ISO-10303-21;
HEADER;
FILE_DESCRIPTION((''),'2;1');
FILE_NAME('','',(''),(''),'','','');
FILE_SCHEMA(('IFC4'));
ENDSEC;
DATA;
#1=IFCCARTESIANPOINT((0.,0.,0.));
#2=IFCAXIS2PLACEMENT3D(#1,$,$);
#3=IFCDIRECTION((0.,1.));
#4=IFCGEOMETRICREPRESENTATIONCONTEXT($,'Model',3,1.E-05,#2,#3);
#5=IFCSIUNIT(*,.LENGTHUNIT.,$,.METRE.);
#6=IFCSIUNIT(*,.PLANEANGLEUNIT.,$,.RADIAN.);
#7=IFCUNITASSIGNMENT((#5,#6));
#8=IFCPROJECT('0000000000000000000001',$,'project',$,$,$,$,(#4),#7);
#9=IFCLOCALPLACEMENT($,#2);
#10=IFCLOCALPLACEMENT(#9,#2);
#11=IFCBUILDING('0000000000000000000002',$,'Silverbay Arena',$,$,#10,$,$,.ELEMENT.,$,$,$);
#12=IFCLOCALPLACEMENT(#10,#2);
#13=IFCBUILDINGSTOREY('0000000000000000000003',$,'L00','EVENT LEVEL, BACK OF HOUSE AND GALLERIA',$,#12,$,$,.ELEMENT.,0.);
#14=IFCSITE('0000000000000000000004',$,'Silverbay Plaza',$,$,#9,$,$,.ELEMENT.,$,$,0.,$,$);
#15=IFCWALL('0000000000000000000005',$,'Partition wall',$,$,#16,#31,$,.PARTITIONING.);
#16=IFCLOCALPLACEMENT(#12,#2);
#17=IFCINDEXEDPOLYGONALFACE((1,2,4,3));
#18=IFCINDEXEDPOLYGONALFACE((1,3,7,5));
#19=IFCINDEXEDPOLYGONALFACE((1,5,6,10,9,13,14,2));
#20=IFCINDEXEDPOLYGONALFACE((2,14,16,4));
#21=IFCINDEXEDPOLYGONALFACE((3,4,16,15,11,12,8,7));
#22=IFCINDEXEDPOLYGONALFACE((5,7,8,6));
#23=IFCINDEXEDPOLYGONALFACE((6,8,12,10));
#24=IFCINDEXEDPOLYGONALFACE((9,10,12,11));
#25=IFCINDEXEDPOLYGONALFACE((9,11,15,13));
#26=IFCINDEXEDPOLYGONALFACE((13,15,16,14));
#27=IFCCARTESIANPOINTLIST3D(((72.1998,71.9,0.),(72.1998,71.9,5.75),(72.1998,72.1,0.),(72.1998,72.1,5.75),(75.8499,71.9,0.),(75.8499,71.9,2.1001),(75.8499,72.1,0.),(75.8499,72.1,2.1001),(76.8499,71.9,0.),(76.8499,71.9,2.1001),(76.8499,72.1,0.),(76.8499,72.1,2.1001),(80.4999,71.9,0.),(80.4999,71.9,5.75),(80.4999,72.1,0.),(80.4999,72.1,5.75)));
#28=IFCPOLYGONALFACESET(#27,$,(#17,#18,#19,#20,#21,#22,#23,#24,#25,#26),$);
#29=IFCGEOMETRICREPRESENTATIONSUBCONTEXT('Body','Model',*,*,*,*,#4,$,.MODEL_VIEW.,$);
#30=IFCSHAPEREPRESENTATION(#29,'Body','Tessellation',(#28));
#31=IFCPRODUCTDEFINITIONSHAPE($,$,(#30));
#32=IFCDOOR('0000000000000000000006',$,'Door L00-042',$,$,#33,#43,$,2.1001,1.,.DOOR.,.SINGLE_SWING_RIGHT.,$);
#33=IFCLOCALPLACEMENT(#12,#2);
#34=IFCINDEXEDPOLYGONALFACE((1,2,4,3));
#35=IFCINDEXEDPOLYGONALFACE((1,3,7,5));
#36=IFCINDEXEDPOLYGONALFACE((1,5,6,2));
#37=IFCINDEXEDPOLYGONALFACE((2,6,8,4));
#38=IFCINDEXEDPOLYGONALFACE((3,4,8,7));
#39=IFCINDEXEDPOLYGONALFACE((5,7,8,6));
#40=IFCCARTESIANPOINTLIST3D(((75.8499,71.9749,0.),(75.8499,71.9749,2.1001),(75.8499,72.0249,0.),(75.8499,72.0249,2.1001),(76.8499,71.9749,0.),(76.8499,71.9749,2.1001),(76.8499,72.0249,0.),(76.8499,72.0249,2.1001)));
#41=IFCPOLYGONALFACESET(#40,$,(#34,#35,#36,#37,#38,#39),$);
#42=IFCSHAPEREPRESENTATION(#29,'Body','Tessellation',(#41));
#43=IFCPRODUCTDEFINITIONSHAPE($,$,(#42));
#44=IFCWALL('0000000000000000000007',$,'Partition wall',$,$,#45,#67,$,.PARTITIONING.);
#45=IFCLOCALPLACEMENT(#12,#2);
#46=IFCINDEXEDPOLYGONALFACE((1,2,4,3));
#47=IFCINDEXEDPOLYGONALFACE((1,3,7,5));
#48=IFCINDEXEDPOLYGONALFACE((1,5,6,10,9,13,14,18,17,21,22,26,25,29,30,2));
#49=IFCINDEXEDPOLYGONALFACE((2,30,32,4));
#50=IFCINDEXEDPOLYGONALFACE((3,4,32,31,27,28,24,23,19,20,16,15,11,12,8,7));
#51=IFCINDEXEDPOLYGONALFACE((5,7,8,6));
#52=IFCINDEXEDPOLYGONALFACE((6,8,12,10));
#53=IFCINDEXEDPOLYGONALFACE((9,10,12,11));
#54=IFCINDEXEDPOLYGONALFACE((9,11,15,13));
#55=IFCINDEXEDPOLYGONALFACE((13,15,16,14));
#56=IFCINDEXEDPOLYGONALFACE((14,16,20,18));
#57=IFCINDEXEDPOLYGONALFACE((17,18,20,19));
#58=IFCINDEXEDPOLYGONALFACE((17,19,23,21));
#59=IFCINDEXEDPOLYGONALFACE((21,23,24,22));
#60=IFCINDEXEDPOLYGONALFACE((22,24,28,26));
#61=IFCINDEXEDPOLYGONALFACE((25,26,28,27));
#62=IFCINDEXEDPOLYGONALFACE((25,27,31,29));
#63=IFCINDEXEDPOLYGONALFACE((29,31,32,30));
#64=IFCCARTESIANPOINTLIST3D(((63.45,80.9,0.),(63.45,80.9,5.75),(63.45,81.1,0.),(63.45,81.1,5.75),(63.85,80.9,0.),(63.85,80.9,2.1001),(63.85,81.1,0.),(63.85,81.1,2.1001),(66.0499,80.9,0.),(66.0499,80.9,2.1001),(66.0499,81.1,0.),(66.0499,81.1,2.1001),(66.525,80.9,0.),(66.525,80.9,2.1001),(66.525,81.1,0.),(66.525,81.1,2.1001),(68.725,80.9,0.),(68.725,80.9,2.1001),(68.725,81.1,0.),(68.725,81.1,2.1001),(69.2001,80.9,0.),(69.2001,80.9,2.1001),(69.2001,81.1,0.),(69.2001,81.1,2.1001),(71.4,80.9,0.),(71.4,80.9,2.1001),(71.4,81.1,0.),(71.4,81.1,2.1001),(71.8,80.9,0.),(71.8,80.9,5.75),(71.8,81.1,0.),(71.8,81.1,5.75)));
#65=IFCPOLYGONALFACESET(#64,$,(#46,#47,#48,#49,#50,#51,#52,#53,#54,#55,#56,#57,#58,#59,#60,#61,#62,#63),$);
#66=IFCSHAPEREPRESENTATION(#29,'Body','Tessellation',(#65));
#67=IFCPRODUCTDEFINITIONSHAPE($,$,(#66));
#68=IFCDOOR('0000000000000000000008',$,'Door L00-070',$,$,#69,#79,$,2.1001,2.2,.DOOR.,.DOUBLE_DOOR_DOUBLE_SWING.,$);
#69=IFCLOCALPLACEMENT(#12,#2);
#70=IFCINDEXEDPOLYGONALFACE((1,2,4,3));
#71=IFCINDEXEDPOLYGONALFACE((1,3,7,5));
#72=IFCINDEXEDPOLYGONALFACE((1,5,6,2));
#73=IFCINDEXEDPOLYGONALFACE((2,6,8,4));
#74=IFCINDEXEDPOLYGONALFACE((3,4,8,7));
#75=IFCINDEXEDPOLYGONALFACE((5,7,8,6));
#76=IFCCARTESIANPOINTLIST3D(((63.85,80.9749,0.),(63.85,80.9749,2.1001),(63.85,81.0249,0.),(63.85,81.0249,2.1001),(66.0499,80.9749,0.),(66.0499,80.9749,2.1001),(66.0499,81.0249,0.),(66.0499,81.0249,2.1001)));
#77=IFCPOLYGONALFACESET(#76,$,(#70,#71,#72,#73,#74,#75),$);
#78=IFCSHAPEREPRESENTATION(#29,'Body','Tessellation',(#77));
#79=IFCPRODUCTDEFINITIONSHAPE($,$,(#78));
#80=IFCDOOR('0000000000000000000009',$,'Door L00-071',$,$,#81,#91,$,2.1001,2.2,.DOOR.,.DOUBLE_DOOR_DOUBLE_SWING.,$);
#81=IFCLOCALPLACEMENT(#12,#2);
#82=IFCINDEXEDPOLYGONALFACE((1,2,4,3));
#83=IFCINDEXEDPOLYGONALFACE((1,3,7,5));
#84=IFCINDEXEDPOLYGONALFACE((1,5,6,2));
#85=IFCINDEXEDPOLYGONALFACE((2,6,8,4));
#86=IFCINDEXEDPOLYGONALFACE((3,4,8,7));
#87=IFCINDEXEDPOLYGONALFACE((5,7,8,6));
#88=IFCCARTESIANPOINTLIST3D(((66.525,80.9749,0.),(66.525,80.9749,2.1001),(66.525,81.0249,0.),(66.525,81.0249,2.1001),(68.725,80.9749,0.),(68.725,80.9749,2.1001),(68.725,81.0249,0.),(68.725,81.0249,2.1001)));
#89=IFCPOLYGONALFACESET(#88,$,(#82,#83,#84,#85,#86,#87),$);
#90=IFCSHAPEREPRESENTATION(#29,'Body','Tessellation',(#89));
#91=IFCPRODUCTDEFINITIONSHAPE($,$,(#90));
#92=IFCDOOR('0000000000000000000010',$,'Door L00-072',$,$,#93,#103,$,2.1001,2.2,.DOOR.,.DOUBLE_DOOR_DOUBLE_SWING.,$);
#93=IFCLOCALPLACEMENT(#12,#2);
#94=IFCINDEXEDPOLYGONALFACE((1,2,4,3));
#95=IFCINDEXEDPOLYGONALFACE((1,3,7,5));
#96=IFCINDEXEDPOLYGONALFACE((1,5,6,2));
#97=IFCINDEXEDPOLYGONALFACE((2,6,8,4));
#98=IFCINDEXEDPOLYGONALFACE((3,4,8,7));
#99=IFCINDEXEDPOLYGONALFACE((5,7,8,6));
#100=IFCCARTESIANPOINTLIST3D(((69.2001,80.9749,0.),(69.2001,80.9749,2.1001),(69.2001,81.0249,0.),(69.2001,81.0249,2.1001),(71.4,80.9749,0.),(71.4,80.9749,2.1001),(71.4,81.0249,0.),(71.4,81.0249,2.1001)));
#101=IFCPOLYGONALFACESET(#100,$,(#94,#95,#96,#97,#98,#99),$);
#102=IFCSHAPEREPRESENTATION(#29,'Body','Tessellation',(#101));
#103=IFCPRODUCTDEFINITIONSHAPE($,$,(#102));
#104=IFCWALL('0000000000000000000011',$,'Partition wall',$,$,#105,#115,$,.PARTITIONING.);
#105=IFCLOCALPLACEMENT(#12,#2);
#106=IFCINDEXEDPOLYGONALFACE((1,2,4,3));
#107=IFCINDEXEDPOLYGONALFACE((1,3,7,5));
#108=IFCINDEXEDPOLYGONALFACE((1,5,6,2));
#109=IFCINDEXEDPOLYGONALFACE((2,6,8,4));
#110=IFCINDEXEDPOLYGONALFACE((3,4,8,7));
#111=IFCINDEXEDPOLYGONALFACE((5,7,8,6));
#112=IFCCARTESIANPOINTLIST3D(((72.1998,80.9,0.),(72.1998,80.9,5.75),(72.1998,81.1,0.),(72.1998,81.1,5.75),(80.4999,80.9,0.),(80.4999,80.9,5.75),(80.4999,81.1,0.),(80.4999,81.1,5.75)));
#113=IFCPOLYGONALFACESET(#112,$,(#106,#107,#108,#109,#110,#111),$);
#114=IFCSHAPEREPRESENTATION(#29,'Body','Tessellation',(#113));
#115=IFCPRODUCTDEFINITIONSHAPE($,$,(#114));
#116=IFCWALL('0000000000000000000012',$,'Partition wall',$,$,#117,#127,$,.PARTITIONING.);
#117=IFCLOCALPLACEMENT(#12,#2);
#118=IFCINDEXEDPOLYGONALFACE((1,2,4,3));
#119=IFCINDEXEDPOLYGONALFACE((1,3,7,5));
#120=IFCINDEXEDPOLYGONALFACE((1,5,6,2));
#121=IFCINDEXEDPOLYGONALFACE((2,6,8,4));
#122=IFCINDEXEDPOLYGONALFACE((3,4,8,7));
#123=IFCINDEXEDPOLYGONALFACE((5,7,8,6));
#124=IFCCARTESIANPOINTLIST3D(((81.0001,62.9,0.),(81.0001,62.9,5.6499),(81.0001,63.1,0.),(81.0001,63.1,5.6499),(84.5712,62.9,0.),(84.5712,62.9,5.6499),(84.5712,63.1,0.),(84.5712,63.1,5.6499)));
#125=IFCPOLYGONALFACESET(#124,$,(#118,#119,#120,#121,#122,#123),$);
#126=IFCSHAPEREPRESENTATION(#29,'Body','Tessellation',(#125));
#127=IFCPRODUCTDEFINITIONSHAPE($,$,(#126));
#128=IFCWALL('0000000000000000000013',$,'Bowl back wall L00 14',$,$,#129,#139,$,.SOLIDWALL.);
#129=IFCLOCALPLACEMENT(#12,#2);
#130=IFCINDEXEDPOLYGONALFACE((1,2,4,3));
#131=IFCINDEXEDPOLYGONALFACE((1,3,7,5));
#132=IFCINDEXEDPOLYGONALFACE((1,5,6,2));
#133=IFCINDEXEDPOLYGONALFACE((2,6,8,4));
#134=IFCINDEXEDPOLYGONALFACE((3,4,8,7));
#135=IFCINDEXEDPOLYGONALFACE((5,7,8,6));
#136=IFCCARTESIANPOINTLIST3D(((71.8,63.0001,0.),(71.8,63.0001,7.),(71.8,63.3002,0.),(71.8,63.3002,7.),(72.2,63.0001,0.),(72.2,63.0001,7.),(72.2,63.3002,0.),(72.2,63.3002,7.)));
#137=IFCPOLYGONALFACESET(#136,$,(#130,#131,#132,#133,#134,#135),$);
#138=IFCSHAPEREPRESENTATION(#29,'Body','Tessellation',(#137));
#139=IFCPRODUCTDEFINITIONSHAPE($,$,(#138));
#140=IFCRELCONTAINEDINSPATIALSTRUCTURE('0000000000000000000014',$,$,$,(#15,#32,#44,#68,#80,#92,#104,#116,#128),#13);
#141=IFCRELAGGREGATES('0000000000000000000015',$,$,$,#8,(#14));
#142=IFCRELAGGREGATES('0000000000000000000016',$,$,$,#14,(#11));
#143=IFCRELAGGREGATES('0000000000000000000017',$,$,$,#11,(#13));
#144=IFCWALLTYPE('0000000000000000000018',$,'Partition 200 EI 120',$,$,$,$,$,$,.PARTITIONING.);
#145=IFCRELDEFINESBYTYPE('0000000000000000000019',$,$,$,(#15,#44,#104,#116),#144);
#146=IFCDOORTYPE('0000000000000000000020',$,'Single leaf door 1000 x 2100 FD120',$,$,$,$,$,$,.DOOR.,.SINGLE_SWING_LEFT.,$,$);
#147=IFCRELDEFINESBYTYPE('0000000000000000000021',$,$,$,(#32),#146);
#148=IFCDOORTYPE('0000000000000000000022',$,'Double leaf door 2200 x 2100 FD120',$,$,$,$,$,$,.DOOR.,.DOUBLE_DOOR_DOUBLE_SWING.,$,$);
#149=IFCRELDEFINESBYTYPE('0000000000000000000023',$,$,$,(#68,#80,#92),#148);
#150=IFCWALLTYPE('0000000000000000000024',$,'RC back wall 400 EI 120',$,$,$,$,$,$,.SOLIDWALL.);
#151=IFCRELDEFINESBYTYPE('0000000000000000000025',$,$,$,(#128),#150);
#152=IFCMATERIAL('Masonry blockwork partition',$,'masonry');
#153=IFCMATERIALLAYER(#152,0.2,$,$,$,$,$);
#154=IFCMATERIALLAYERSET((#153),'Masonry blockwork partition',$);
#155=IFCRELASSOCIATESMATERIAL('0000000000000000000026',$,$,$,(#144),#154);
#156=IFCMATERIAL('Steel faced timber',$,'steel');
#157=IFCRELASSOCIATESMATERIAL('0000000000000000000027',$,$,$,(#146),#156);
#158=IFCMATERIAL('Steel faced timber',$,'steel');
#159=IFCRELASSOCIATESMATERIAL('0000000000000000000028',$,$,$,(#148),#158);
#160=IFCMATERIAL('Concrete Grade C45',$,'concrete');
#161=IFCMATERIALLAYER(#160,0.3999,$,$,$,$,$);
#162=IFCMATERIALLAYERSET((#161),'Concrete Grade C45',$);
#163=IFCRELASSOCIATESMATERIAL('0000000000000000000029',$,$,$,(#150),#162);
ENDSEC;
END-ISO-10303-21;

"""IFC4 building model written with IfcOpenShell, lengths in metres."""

from ifc_helpers import new_model, si_unit, direction, frame, frame_2d, origin, place, context, subcontext, project, spatial, rectangle, extrude, material, layer, layer_set, type_object, element, fill, save


model = new_model("IFC4")

# Units and contexts
model_context = context("Model", 3, precision=1e-05, world=origin(), true_north=direction((0.0, 1.0)))
body_context = subcontext(model_context, "Body", "Model", "MODEL_VIEW")
ifc_project = project(units=[si_unit("LENGTHUNIT", "METRE"), si_unit("PLANEANGLEUNIT", "RADIAN")], contexts=[model_context])

# Site, building, storey
site_placement = place(None, origin())
site = spatial("IfcSite", under=ifc_project, at=site_placement, Name="Silverbay Plaza", CompositionType="ELEMENT", RefElevation=0.0)
building_placement = place(site_placement, origin())
building = spatial("IfcBuilding", under=site, at=building_placement, Name="Silverbay Arena", CompositionType="ELEMENT")
storey_placement = place(building_placement, origin())
storey = spatial("IfcBuildingStorey", under=building, at=storey_placement, Name="L00", Description="EVENT LEVEL, BACK OF HOUSE AND GALLERIA", CompositionType="ELEMENT", Elevation=0.0)

# Wall, opening, door
ifc_material_1 = material(Name="Masonry blockwork partition", Category="masonry")
ifc_layer_1 = layer(ifc_material_1, 0.2)
ifc_layer_set_1 = layer_set([ifc_layer_1], Name="Masonry blockwork partition")
wall_type_1 = type_object("IfcWallType", Name="Partition 200 EI 120", PredefinedType="PARTITIONING", material=ifc_layer_set_1)
wall_1_placement = place(storey_placement, frame((72.2, 72.0, 0.0), z_axis=(0.0, 0.0, 1.0), x_axis=(1.0, 0.0, 0.0)))
wall_1 = element("IfcWall", 1, at=wall_1_placement, inside=storey, type_object=wall_type_1, Name="Partition wall", PredefinedType="PARTITIONING", context=body_context, shape_type="SweptSolid", body=[
    extrude(rectangle(XDim=8.3, YDim=0.2, at=frame_2d((4.1499, 0.0))), origin(), (0.0, 0.0, 1.0), 5.75),
])
opening_1_placement = place(wall_1_placement, frame((3.6499, 0.0, 0.0)))
opening_1 = element("IfcOpeningElement", 2, at=opening_1_placement, cuts=wall_1, PredefinedType="OPENING", context=body_context, shape_type="SweptSolid", body=[
    extrude(rectangle(XDim=1.0, YDim=2.1001, at=frame_2d((0.5, 1.05))), frame((0.0, 0.1099, 0.0), z_axis=(0.0, -1.0, 0.0), x_axis=(1.0, 0.0, 0.0)), (0.0, 0.0, 1.0), 0.22),
])
ifc_material_2 = material(Name="Steel faced timber", Category="steel")
door_type_1 = type_object("IfcDoorType", Name="Single leaf door 1000 x 2100 FD120", OperationType="SINGLE_SWING_LEFT", PredefinedType="DOOR", material=ifc_material_2)
door_1_placement = place(opening_1_placement, origin())
door_1 = element("IfcDoor", 3, at=door_1_placement, inside=storey, type_object=door_type_1, Name="Door L00-042", OperationType="SINGLE_SWING_RIGHT", OverallHeight=2.1001, OverallWidth=1.0, PredefinedType="DOOR", context=body_context, shape_type="SweptSolid", body=[
    extrude(rectangle(XDim=1.0, YDim=2.1001, at=frame_2d((0.5, 1.05))), frame((0.0, 0.0249, 0.0), z_axis=(0.0, -1.0, 0.0), x_axis=(1.0, 0.0, 0.0)), (0.0, 0.0, 1.0), 0.05),
])
fill(opening_1, door_1)

# Wall, openings, doors
wall_2_placement = place(storey_placement, frame((63.45, 81.0, 0.0), z_axis=(0.0, 0.0, 1.0), x_axis=(1.0, 0.0, 0.0)))
wall_2 = element("IfcWall", 4, at=wall_2_placement, inside=storey, type_object=wall_type_1, Name="Partition wall", PredefinedType="PARTITIONING", context=body_context, shape_type="SweptSolid", body=[
    extrude(rectangle(XDim=8.3501, YDim=0.2, at=frame_2d((4.175, 0.0))), origin(), (0.0, 0.0, 1.0), 5.75),
])
opening_2_placement = place(wall_2_placement, frame((0.3999, 0.0, 0.0)))
opening_2 = element("IfcOpeningElement", 5, at=opening_2_placement, cuts=wall_2, PredefinedType="OPENING", context=body_context, shape_type="SweptSolid", body=[
    extrude(rectangle(XDim=2.2, YDim=2.1001, at=frame_2d((1.1001, 1.05))), frame((0.0, 0.1099, 0.0), z_axis=(0.0, -1.0, 0.0), x_axis=(1.0, 0.0, 0.0)), (0.0, 0.0, 1.0), 0.22),
])
opening_3_placement = place(wall_2_placement, frame((3.075, 0.0, 0.0)))
opening_3 = element("IfcOpeningElement", 6, at=opening_3_placement, cuts=wall_2, PredefinedType="OPENING", context=body_context, shape_type="SweptSolid", body=[
    extrude(rectangle(XDim=2.2, YDim=2.1001, at=frame_2d((1.1001, 1.05))), frame((0.0, 0.1099, 0.0), z_axis=(0.0, -1.0, 0.0), x_axis=(1.0, 0.0, 0.0)), (0.0, 0.0, 1.0), 0.22),
])
opening_4_placement = place(wall_2_placement, frame((5.75, 0.0, 0.0)))
opening_4 = element("IfcOpeningElement", 7, at=opening_4_placement, cuts=wall_2, PredefinedType="OPENING", context=body_context, shape_type="SweptSolid", body=[
    extrude(rectangle(XDim=2.2, YDim=2.1001, at=frame_2d((1.1001, 1.05))), frame((0.0, 0.1099, 0.0), z_axis=(0.0, -1.0, 0.0), x_axis=(1.0, 0.0, 0.0)), (0.0, 0.0, 1.0), 0.22),
])
ifc_material_3 = material(Name="Steel faced timber", Category="steel")
door_type_2 = type_object("IfcDoorType", Name="Double leaf door 2200 x 2100 FD120", OperationType="DOUBLE_DOOR_DOUBLE_SWING", PredefinedType="DOOR", material=ifc_material_3)
door_2_placement = place(opening_2_placement, origin())
door_2 = element("IfcDoor", 8, at=door_2_placement, inside=storey, type_object=door_type_2, Name="Door L00-070", OperationType="DOUBLE_DOOR_DOUBLE_SWING", OverallHeight=2.1001, OverallWidth=2.2, PredefinedType="DOOR", context=body_context, shape_type="SweptSolid", body=[
    extrude(rectangle(XDim=2.2, YDim=2.1001, at=frame_2d((1.1001, 1.05))), frame((0.0, 0.0249, 0.0), z_axis=(0.0, -1.0, 0.0), x_axis=(1.0, 0.0, 0.0)), (0.0, 0.0, 1.0), 0.05),
])
fill(opening_2, door_2)
door_3_placement = place(opening_3_placement, origin())
door_3 = element("IfcDoor", 9, at=door_3_placement, inside=storey, type_object=door_type_2, Name="Door L00-071", OperationType="DOUBLE_DOOR_DOUBLE_SWING", OverallHeight=2.1001, OverallWidth=2.2, PredefinedType="DOOR", context=body_context, shape_type="SweptSolid", body=[
    extrude(rectangle(XDim=2.2, YDim=2.1001, at=frame_2d((1.1001, 1.05))), frame((0.0, 0.0249, 0.0), z_axis=(0.0, -1.0, 0.0), x_axis=(1.0, 0.0, 0.0)), (0.0, 0.0, 1.0), 0.05),
])
fill(opening_3, door_3)
door_4_placement = place(opening_4_placement, origin())
door_4 = element("IfcDoor", 10, at=door_4_placement, inside=storey, type_object=door_type_2, Name="Door L00-072", OperationType="DOUBLE_DOOR_DOUBLE_SWING", OverallHeight=2.1001, OverallWidth=2.2, PredefinedType="DOOR", context=body_context, shape_type="SweptSolid", body=[
    extrude(rectangle(XDim=2.2, YDim=2.1001, at=frame_2d((1.1001, 1.05))), frame((0.0, 0.0249, 0.0), z_axis=(0.0, -1.0, 0.0), x_axis=(1.0, 0.0, 0.0)), (0.0, 0.0, 1.0), 0.05),
])
fill(opening_4, door_4)

# Walls
wall_3_placement = place(storey_placement, frame((72.2, 81.0, 0.0), z_axis=(0.0, 0.0, 1.0), x_axis=(1.0, 0.0, 0.0)))
element("IfcWall", 11, at=wall_3_placement, inside=storey, type_object=wall_type_1, Name="Partition wall", PredefinedType="PARTITIONING", context=body_context, shape_type="SweptSolid", body=[
    extrude(rectangle(XDim=8.3, YDim=0.2, at=frame_2d((4.1499, 0.0))), origin(), (0.0, 0.0, 1.0), 5.75),
])
wall_4_placement = place(storey_placement, frame((81.0, 63.0, 0.0), z_axis=(0.0, 0.0, 1.0), x_axis=(1.0, 0.0, 0.0)))
element("IfcWall", 12, at=wall_4_placement, inside=storey, type_object=wall_type_1, Name="Partition wall", PredefinedType="PARTITIONING", context=body_context, shape_type="SweptSolid", body=[
    extrude(rectangle(XDim=3.571, YDim=0.2, at=frame_2d((1.7856, 0.0))), origin(), (0.0, 0.0, 1.0), 5.6499),
])
ifc_material_4 = material(Name="Concrete Grade C45", Category="concrete")
ifc_layer_2 = layer(ifc_material_4, 0.3999)
ifc_layer_set_2 = layer_set([ifc_layer_2], Name="Concrete Grade C45")
wall_type_2 = type_object("IfcWallType", Name="RC back wall 400 EI 120", PredefinedType="SOLIDWALL", material=ifc_layer_set_2)
wall_5_placement = place(storey_placement, frame((72.0, 63.3, 0.0), z_axis=(0.0, 0.0, 1.0), x_axis=(0.0, -1.0, 0.0)))
element("IfcWall", 13, at=wall_5_placement, inside=storey, type_object=wall_type_2, Name="Bowl back wall L00 14", PredefinedType="SOLIDWALL", context=body_context, shape_type="SweptSolid", body=[
    extrude(rectangle(XDim=0.3, YDim=0.3999, at=frame_2d((0.1499, 0.0))), origin(), (0.0, 0.0, 1.0), 7.0),
])

save(model, "model.ifc")
